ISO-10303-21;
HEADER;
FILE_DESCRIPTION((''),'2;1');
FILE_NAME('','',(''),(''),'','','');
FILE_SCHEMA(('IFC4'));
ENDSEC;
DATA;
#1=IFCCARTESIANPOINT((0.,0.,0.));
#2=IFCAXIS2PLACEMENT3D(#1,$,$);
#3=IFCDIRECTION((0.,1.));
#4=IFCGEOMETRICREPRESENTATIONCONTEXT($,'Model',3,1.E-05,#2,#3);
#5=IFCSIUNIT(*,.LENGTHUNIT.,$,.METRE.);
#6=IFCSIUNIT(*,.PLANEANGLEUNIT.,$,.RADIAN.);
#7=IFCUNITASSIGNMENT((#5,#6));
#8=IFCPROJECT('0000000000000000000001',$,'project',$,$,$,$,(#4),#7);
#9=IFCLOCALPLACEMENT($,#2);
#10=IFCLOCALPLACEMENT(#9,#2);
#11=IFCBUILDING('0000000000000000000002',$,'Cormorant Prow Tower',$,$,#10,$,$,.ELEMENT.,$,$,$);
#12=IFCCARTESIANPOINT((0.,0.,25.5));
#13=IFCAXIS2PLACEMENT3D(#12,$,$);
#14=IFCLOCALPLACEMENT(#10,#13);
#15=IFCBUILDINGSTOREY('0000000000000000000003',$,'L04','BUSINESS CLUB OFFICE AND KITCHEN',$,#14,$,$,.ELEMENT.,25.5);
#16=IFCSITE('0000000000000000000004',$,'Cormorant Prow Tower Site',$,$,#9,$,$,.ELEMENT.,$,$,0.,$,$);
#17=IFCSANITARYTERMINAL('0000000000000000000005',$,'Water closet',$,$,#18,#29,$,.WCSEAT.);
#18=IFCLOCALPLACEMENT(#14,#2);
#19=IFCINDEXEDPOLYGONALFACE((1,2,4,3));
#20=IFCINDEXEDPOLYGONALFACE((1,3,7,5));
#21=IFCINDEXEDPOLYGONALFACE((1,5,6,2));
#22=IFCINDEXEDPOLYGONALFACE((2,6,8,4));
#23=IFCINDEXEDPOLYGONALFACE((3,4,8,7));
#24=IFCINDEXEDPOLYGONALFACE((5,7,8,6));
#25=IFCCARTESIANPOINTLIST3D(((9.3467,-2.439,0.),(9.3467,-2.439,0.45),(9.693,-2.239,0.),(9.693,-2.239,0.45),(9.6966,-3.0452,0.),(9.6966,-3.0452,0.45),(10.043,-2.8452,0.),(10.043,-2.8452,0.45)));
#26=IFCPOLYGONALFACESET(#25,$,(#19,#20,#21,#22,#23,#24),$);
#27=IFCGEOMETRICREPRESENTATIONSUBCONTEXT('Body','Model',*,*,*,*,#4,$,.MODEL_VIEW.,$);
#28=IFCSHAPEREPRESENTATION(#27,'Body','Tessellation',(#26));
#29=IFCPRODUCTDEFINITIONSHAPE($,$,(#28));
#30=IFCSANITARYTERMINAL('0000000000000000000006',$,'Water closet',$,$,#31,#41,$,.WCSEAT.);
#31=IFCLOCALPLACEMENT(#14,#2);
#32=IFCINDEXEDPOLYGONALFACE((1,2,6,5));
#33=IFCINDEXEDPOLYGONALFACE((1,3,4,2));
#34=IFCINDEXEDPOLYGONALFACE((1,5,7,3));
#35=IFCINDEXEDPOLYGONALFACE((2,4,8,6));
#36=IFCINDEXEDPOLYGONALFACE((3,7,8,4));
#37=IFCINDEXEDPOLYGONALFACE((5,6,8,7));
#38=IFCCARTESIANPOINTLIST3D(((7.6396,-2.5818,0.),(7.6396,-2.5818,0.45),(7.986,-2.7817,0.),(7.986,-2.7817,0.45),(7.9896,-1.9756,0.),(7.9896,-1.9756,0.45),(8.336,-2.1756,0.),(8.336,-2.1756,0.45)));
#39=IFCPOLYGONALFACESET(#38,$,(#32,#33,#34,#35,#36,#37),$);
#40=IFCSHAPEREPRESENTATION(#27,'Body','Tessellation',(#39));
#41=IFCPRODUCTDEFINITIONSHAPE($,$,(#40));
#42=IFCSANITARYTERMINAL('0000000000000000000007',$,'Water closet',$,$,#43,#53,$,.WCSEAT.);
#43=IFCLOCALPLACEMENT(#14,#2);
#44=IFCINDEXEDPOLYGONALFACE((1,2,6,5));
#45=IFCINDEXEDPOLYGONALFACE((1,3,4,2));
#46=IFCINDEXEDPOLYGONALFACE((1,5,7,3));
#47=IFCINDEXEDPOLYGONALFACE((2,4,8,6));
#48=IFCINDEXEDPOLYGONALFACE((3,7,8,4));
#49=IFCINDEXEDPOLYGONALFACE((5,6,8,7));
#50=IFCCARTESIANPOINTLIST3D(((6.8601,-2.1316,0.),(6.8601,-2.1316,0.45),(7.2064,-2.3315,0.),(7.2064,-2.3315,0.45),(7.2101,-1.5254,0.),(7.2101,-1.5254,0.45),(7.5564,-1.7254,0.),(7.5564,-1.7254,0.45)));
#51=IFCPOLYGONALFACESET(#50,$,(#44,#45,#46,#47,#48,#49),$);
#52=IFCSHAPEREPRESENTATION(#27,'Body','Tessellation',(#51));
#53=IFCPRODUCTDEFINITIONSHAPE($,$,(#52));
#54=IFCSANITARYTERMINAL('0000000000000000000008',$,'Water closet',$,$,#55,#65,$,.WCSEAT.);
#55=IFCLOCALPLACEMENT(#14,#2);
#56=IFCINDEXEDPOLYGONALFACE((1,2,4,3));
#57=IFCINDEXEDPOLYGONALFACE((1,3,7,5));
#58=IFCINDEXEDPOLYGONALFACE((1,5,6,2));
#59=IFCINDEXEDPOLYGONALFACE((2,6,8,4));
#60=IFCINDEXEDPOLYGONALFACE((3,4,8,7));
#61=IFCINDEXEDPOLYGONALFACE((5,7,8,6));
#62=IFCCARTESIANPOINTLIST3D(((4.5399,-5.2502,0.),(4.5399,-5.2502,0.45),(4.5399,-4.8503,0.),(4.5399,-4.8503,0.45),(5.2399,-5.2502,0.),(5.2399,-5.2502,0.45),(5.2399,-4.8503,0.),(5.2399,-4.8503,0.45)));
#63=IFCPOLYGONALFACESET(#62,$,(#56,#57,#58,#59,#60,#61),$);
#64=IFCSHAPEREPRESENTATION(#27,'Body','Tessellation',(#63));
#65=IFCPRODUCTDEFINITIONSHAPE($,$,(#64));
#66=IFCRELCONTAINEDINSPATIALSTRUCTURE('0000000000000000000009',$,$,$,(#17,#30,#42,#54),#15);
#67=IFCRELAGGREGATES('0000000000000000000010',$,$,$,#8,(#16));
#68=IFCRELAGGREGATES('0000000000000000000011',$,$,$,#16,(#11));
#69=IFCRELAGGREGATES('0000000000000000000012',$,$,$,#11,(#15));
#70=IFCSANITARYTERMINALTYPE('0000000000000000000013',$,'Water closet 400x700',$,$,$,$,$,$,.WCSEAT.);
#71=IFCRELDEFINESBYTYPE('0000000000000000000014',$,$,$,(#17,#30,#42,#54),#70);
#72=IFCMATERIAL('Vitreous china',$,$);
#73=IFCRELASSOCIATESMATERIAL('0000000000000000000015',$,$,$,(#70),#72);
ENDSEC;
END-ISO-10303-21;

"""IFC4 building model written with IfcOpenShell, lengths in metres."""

from ifc_helpers import new_model, si_unit, direction, frame, origin, origin_2d, place, context, subcontext, project, spatial, rectangle, extrude, material, type_object, element, save


model = new_model("IFC4")

# Units and contexts
model_context = context("Model", 3, precision=1e-05, world=origin(), true_north=direction((0.0, 1.0)))
body_context = subcontext(model_context, "Body", "Model", "MODEL_VIEW")
ifc_project = project(units=[si_unit("LENGTHUNIT", "METRE"), si_unit("PLANEANGLEUNIT", "RADIAN")], contexts=[model_context])

# Site, building, storey
site_placement = place(None, origin())
site = spatial("IfcSite", under=ifc_project, at=site_placement, Name="Cormorant Prow Tower Site", CompositionType="ELEMENT", RefElevation=0.0)
building_placement = place(site_placement, origin())
building = spatial("IfcBuilding", under=site, at=building_placement, Name="Cormorant Prow Tower", CompositionType="ELEMENT")
storey_placement = place(building_placement, frame((0.0, 0.0, 25.5)))
storey = spatial("IfcBuildingStorey", under=building, at=storey_placement, Name="L04", Description="BUSINESS CLUB OFFICE AND KITCHEN", CompositionType="ELEMENT", Elevation=25.5)

# Sanitary terminals
ifc_material_1 = material(Name="Vitreous china")
sanitary_terminal_type_1 = type_object("IfcSanitaryTerminalType", Name="Water closet 400x700", PredefinedType="WCSEAT", material=ifc_material_1)
for number, where, z_axis, x_axis, name in (
    (1, (9.6948, -2.6421, 0.0), (0.0, 0.0, 1.0), (-0.866025, -0.5, 0.0), "Water closet"),
    (2, (7.9878, -2.3787, 0.0), (0.0, 0.0, 1.0), (0.866008, -0.50003, 0.0), "Water closet"),
    (3, (7.2083, -1.9285, 0.0), (0.0, 0.0, 1.0), (0.866008, -0.50003, 0.0), "Water closet"),
    (4, (4.8899, -5.0503, 0.0), (0.0, 0.0, 1.0), (0.0, -1.0, 0.0), "Water closet"),
):
    element("IfcSanitaryTerminal", number, at=place(storey_placement, frame(where, z_axis=z_axis, x_axis=x_axis)), inside=storey, type_object=sanitary_terminal_type_1, Name=name, PredefinedType="WCSEAT", context=body_context, shape_type="SweptSolid", body=[
        extrude(rectangle(XDim=0.3999, YDim=0.7, at=origin_2d()), origin(), (0.0, 0.0, 1.0), 0.45),
    ])

save(model, "model.ifc")
